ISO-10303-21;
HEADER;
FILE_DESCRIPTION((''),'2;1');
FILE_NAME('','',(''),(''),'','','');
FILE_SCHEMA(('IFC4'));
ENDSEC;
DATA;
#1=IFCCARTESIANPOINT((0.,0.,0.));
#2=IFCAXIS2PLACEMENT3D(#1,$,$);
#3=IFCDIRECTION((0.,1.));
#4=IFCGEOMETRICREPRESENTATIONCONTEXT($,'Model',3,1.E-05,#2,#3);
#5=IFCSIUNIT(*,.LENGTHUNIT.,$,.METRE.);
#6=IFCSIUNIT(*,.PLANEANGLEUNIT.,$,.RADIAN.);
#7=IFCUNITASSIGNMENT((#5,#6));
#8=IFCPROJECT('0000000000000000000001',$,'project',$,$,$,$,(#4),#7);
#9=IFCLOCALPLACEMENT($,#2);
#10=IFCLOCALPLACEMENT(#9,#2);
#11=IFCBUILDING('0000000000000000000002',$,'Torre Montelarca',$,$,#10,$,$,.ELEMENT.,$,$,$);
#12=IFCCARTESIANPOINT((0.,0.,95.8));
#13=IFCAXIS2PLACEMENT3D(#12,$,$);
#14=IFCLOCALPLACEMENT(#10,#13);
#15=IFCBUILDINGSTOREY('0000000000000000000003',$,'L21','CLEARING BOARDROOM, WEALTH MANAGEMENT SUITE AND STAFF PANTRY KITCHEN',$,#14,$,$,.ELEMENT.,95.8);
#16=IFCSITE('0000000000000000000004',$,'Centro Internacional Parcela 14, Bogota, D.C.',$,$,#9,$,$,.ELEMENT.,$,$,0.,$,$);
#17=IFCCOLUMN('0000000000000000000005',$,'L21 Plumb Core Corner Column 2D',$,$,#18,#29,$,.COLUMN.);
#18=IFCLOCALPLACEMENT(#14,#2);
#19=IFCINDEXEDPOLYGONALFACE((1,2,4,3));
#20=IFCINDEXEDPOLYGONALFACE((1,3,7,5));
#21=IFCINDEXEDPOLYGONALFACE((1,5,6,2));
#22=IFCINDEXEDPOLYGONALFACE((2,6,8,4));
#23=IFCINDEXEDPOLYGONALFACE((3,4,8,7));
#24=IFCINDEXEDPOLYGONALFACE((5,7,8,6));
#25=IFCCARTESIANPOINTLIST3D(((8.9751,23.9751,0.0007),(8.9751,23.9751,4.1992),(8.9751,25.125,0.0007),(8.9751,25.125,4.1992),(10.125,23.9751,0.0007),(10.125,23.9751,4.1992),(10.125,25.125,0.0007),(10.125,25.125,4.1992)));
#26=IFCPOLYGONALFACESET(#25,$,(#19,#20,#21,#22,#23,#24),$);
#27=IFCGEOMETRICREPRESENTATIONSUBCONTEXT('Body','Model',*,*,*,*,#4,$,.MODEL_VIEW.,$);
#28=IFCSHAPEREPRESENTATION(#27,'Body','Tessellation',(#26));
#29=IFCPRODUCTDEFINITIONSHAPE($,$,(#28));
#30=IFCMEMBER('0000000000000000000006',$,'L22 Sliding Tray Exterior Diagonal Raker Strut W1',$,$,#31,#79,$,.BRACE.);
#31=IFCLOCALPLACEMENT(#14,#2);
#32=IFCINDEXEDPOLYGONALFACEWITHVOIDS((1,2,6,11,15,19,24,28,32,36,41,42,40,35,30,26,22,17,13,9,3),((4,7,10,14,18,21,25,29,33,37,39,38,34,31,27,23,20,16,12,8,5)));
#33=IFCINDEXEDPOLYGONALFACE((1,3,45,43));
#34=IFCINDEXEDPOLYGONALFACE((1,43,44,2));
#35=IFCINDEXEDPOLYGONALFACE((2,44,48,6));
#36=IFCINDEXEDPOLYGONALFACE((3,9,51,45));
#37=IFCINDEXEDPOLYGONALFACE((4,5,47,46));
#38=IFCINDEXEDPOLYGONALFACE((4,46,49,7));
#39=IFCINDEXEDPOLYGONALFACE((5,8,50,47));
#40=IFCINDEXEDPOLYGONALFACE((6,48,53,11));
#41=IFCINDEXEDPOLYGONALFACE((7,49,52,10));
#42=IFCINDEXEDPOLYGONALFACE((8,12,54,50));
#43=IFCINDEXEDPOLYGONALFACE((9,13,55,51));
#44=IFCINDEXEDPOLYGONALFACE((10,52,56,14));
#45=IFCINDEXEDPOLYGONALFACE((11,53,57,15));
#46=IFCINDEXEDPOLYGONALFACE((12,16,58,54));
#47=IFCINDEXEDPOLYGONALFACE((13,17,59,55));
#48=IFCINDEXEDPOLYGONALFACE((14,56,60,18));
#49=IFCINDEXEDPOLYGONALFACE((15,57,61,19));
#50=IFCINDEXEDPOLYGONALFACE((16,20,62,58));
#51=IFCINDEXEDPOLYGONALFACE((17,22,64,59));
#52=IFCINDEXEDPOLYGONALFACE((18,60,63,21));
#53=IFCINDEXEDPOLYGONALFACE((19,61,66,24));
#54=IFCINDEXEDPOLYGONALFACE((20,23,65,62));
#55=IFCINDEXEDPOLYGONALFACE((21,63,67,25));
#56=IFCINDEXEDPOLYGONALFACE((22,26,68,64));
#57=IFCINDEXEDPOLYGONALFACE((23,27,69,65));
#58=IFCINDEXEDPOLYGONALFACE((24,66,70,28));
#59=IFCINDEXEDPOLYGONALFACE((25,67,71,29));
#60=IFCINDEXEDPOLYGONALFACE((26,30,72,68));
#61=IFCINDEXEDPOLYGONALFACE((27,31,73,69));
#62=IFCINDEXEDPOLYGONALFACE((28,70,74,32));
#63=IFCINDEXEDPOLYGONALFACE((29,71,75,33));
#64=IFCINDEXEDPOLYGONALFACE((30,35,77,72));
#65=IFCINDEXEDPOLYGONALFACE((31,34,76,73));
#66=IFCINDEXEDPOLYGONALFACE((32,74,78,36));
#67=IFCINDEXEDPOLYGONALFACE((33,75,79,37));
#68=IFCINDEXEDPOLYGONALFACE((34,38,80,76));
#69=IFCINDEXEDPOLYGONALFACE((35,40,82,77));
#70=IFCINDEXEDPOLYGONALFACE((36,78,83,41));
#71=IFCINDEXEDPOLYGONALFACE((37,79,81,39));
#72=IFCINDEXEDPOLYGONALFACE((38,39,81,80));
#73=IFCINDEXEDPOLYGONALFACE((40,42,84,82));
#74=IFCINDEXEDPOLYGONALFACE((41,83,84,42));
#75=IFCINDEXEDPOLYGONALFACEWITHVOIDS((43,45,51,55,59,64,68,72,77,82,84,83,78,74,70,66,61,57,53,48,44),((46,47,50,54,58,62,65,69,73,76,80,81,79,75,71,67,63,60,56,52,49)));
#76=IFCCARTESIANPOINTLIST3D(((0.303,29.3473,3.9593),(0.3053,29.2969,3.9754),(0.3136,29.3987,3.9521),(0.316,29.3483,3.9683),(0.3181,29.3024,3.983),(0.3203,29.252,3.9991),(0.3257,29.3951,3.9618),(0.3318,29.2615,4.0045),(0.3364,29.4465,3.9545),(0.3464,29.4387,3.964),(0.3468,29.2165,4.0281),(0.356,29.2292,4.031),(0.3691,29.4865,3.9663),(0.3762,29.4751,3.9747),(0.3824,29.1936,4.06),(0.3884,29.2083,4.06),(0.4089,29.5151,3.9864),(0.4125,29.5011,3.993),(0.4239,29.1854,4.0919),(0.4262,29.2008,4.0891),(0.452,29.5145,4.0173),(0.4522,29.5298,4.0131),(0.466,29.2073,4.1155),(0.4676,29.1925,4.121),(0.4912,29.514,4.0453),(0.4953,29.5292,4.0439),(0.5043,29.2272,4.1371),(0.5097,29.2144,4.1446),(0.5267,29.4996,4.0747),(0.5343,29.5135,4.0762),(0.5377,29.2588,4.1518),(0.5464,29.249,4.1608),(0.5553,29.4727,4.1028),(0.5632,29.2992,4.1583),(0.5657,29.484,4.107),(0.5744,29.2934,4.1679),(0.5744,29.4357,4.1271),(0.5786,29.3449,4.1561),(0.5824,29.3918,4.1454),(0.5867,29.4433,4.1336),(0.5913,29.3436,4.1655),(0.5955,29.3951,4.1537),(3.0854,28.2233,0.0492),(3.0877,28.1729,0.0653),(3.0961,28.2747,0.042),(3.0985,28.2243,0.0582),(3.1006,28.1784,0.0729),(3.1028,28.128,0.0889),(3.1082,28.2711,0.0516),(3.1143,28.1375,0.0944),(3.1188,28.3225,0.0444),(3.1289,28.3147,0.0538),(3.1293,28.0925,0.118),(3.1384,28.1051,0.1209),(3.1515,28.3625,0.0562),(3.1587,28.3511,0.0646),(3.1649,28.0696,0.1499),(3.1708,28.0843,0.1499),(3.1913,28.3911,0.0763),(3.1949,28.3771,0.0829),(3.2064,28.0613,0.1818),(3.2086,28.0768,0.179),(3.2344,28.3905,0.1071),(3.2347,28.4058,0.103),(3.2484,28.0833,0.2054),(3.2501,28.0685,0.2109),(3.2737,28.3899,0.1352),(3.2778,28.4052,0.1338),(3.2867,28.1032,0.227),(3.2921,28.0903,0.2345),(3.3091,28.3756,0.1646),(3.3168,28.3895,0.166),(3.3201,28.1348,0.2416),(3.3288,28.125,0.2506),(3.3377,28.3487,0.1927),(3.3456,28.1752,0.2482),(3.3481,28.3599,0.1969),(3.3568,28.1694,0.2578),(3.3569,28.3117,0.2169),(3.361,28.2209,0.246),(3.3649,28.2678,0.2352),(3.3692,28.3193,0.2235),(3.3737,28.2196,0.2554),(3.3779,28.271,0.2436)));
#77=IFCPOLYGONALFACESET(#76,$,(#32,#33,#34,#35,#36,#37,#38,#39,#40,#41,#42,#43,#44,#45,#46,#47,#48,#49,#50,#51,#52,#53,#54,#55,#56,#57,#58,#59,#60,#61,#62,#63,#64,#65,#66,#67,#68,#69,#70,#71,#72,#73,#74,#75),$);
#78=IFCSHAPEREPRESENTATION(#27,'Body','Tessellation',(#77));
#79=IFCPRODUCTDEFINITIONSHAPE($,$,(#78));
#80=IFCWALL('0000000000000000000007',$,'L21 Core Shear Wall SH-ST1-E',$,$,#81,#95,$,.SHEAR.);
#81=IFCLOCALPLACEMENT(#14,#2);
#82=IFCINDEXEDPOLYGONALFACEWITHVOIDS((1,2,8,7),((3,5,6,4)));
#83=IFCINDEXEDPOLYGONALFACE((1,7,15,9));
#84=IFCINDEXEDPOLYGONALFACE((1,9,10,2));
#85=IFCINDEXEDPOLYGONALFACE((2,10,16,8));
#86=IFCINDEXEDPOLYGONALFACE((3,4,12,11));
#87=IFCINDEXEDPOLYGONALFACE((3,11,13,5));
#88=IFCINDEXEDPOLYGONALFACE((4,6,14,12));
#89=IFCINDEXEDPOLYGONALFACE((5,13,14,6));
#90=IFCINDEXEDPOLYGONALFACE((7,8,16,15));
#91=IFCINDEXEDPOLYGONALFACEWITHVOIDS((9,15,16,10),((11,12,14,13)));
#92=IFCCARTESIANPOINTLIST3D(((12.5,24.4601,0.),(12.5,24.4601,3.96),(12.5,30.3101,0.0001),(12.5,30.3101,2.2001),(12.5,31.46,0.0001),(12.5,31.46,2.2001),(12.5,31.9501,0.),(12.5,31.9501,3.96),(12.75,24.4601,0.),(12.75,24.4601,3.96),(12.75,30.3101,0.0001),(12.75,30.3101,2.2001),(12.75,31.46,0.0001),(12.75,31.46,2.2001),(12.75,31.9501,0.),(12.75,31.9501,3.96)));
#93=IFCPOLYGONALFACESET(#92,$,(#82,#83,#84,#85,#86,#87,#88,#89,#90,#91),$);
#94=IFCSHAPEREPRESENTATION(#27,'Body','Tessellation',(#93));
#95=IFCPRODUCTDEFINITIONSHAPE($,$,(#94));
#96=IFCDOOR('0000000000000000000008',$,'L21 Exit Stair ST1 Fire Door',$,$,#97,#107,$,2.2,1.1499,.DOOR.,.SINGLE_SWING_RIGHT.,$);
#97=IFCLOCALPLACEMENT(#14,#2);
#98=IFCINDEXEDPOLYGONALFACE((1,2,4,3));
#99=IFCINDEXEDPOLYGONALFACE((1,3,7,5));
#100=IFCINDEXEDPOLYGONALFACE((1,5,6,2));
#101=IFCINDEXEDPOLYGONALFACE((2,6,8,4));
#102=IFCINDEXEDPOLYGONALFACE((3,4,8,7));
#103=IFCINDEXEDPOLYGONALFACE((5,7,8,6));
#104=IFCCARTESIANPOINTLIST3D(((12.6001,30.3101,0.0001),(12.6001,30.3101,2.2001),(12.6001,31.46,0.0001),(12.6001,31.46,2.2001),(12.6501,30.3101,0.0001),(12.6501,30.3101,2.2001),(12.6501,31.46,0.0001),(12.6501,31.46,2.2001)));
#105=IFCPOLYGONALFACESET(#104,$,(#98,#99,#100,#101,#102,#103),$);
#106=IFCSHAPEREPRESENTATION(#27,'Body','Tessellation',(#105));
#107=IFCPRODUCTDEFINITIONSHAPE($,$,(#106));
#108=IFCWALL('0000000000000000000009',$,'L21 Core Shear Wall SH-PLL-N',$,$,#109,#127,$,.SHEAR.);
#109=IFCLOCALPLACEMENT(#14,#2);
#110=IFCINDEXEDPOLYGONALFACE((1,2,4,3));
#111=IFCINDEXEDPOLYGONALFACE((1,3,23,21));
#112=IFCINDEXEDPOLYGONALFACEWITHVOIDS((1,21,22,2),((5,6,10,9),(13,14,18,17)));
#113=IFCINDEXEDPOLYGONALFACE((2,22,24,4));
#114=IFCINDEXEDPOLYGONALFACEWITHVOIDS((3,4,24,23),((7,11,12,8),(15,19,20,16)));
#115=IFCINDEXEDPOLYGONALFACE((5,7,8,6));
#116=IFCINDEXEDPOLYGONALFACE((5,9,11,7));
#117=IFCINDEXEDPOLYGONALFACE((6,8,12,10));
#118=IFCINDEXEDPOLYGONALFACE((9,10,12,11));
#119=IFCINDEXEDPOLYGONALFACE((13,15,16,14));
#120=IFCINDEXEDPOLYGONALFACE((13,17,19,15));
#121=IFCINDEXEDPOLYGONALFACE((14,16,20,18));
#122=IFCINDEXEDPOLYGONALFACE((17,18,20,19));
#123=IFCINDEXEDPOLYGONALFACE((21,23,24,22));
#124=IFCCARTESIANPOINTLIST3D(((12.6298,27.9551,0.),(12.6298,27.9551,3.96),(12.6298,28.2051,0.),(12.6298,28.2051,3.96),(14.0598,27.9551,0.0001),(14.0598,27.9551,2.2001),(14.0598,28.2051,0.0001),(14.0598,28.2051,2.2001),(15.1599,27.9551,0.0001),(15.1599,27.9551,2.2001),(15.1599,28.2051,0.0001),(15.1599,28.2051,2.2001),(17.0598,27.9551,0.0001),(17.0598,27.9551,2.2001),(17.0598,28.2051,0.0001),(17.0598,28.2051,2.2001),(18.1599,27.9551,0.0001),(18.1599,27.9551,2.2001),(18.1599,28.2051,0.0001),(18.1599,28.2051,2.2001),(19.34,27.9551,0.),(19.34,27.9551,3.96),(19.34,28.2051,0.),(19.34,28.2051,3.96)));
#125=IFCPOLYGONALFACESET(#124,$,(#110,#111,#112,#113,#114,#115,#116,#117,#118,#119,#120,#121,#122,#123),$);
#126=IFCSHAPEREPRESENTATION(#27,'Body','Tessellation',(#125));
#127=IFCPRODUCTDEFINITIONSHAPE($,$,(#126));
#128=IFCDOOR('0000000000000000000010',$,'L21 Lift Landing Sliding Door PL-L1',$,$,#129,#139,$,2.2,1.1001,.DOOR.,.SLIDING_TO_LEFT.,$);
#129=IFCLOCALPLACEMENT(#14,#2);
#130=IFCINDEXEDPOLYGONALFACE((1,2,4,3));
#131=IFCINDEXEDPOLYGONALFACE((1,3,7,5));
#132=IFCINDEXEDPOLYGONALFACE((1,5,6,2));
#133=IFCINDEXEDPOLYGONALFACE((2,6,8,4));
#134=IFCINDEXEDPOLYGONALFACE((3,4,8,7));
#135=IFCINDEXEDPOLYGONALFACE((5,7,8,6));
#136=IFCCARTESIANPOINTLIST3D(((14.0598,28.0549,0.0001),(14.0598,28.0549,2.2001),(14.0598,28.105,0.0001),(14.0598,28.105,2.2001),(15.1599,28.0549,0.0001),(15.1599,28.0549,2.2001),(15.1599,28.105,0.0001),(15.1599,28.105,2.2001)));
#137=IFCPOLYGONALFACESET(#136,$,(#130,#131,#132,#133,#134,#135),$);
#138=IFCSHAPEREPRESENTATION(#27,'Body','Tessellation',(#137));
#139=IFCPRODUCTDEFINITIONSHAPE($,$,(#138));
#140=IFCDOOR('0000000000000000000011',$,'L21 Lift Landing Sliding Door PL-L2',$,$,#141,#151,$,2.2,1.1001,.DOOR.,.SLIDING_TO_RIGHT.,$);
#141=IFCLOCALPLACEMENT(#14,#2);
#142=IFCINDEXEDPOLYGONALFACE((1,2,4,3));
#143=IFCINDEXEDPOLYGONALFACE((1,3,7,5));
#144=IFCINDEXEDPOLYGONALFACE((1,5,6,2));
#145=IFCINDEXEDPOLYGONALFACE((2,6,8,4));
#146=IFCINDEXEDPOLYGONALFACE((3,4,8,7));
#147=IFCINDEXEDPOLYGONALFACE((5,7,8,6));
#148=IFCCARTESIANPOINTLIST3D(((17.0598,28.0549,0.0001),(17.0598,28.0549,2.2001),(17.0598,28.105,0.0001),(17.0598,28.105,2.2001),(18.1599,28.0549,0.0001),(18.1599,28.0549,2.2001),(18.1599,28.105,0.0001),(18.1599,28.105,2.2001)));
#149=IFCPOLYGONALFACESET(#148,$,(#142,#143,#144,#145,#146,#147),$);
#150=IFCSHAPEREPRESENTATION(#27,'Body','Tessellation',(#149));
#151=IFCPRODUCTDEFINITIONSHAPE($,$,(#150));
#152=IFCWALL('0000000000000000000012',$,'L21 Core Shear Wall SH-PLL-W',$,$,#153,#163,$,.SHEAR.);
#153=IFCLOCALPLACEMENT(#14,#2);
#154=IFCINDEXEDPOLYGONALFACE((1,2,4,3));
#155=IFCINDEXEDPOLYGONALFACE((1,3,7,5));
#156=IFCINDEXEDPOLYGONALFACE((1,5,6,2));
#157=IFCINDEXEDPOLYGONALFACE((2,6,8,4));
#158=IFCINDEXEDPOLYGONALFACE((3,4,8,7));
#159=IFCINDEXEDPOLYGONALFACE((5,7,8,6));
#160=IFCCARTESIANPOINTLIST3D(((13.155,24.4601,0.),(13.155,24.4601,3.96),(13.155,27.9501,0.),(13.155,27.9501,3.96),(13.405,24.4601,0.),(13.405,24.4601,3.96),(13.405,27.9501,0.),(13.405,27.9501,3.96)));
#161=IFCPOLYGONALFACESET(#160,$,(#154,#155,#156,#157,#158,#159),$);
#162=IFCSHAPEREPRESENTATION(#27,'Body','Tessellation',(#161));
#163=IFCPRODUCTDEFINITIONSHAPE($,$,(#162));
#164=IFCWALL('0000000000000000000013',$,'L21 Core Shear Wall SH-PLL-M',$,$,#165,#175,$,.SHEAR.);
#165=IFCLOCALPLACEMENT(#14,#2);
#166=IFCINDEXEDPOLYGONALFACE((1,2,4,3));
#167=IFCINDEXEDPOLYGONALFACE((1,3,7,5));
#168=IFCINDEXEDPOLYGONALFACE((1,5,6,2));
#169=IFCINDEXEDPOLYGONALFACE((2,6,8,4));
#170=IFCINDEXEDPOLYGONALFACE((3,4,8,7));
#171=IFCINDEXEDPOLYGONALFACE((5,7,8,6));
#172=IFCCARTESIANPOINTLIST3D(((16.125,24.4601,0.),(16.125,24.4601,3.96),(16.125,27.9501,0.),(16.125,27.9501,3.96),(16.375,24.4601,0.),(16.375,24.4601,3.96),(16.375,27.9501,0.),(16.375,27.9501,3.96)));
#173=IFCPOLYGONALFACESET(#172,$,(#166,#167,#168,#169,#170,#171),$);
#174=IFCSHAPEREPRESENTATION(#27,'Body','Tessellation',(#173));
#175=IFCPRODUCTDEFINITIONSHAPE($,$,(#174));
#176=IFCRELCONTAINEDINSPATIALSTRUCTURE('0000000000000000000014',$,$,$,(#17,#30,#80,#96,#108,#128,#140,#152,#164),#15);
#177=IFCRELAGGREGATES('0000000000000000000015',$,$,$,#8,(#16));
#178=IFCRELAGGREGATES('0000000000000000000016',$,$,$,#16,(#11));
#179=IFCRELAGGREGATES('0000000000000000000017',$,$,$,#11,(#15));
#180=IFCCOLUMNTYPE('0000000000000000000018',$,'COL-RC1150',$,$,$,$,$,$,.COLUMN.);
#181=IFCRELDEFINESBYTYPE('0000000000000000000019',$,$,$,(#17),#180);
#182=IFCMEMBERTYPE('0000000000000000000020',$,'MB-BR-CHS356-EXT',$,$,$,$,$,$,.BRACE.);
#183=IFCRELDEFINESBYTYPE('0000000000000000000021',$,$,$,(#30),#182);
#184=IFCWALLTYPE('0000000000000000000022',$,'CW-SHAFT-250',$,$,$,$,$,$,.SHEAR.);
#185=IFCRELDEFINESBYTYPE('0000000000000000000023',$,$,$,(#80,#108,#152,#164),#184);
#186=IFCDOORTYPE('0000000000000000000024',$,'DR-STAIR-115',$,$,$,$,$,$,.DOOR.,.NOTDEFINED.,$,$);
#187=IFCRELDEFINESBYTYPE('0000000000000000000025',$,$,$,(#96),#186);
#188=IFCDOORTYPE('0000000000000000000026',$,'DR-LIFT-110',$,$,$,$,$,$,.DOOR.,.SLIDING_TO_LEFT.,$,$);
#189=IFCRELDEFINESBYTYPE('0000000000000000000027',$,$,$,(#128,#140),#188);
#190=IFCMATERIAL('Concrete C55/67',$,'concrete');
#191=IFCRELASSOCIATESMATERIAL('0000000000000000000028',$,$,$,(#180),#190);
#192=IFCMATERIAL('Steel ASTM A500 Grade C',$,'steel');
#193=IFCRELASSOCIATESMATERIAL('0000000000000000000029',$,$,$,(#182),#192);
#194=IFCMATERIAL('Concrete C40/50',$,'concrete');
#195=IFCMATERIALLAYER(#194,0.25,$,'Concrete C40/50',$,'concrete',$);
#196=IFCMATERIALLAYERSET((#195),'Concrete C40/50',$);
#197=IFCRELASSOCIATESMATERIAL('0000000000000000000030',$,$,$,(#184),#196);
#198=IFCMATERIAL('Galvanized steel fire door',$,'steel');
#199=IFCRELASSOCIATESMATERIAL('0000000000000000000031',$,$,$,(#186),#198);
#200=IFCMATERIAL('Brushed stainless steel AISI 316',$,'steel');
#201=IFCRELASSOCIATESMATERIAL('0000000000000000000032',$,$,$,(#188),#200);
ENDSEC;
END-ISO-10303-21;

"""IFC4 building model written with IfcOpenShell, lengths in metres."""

from ifc_helpers import new_model, si_unit, direction, frame, frame_2d, origin, origin_2d, place, context, subcontext, project, spatial, rectangle, hollow_circle, extrude, source, transform, mapped, material, layer, layer_set, material_profile, profile_set, type_object, element, fill, save


model = new_model("IFC4")

# Units and contexts
model_context = context("Model", 3, precision=1e-05, world=origin(), true_north=direction((0.0, 1.0)))
body_context = subcontext(model_context, "Body", "Model", "MODEL_VIEW")
ifc_project = project(units=[si_unit("LENGTHUNIT", "METRE"), si_unit("PLANEANGLEUNIT", "RADIAN")], contexts=[model_context])

# Site, building, storey
site_placement = place(None, origin())
site = spatial("IfcSite", under=ifc_project, at=site_placement, Name="Centro Internacional Parcela 14, Bogota, D.C.", CompositionType="ELEMENT", RefElevation=0.0)
building_placement = place(site_placement, origin())
building = spatial("IfcBuilding", under=site, at=building_placement, Name="Torre Montelarca", CompositionType="ELEMENT")
storey_placement = place(building_placement, frame((0.0, 0.0, 95.8)))
storey = spatial("IfcBuildingStorey", under=building, at=storey_placement, Name="L21", Description="CLEARING BOARDROOM, WEALTH MANAGEMENT SUITE AND STAFF PANTRY KITCHEN", CompositionType="ELEMENT", Elevation=95.8)

# Column
ifc_material_1 = material(Name="Concrete C55/67", Category="concrete")
ifc_material_profile_1 = material_profile(ifc_material_1, rectangle(XDim=1.1499, YDim=1.1499, at=origin_2d()), Name="RC1150X1150", Category="concrete")
ifc_profile_set_1 = profile_set([ifc_material_profile_1], Name="Concrete C55/67")
column_type_1 = type_object("IfcColumnType", Name="COL-RC1150", PredefinedType="COLUMN", material=ifc_profile_set_1)
shared_shape_1 = source(origin(), body_context, "Body", "SweptSolid", [
    extrude(rectangle(XDim=1.1499, YDim=1.1499, at=origin_2d()), origin(), (0.0, 0.0, 1.0), 4.1985),
])
column_1_placement = place(storey_placement, frame((9.55, 24.55, 0.0007), z_axis=(0.0, 0.0, 1.0), x_axis=(1.0, 0.0, 0.0)))
element("IfcColumn", 1, at=column_1_placement, inside=storey, type_object=column_type_1, Name="L21 Plumb Core Corner Column 2D", PredefinedType="COLUMN", context=body_context, shape_type="MappedRepresentation", body=[
    mapped(shared_shape_1, transform((0.0, 0.0, 0.0), scale=1.0)),
])

# Member
ifc_material_2 = material(Name="Steel ASTM A500 Grade C", Category="steel")
ifc_material_profile_2 = material_profile(ifc_material_2, hollow_circle(Radius=0.1777, WallThickness=0.0159, at=origin_2d()), Name="HSS355.6X15.9", Category="steel")
ifc_profile_set_2 = profile_set([ifc_material_profile_2], Name="Steel ASTM A500 Grade C")
member_type = type_object("IfcMemberType", Name="MB-BR-CHS356-EXT", PredefinedType="BRACE", material=ifc_profile_set_2)
shared_shape_2 = source(origin(), body_context, "Body", "SweptSolid", [
    extrude(hollow_circle(Radius=0.1777, WallThickness=0.0159, at=origin_2d()), origin(), (0.0, 0.0, 1.0), 4.929),
])
member_placement = place(storey_placement, frame((3.2314, 28.2344, 0.1499), z_axis=(-0.564512, 0.228044, 0.793298), x_axis=(-0.374559, -0.927203, 0.0)))
element("IfcMember", 2, at=member_placement, inside=storey, type_object=member_type, Name="L22 Sliding Tray Exterior Diagonal Raker Strut W1", PredefinedType="BRACE", context=body_context, shape_type="MappedRepresentation", body=[
    mapped(shared_shape_2, transform((0.0, 0.0, 0.0), scale=1.0)),
])

# Wall, opening, door
ifc_material_3 = material(Name="Concrete C40/50", Category="concrete")
ifc_layer_1 = layer(ifc_material_3, 0.25, Name="Concrete C40/50", Category="concrete")
ifc_layer_set_1 = layer_set([ifc_layer_1], Name="Concrete C40/50")
wall_type_1 = type_object("IfcWallType", Name="CW-SHAFT-250", PredefinedType="SHEAR", material=ifc_layer_set_1)
wall_1_placement = place(storey_placement, frame((12.625, 24.46, 0.0), z_axis=(0.0, 0.0, 1.0), x_axis=(0.0, 1.0, 0.0)))
wall_1 = element("IfcWall", 3, at=wall_1_placement, inside=storey, type_object=wall_type_1, Name="L21 Core Shear Wall SH-ST1-E", PredefinedType="SHEAR", context=body_context, shape_type="SweptSolid", body=[
    extrude(rectangle(XDim=7.49, YDim=0.25, at=frame_2d((3.7451, 0.0))), origin(), (0.0, 0.0, 1.0), 3.96),
])
opening_1_placement = place(wall_1_placement, frame((5.8501, 0.0, 0.0)))
opening_1 = element("IfcOpeningElement", 4, at=opening_1_placement, cuts=wall_1, PredefinedType="OPENING", context=body_context, shape_type="SweptSolid", body=[
    extrude(rectangle(XDim=1.1499, YDim=2.2, at=frame_2d((0.575, 1.1001))), frame((0.0, 0.135, 0.0), z_axis=(0.0, -1.0, 0.0), x_axis=(1.0, 0.0, 0.0)), (0.0, 0.0, 1.0), 0.27),
])
ifc_material_4 = material(Name="Galvanized steel fire door", Category="steel")
door_type_1 = type_object("IfcDoorType", Name="DR-STAIR-115", OperationType="NOTDEFINED", PredefinedType="DOOR", material=ifc_material_4)
shared_shape_3 = source(origin(), body_context, "Body", "SweptSolid", [
    extrude(rectangle(XDim=1.1499, YDim=2.2, at=frame_2d((0.575, 1.1001))), frame((0.0, 0.0249, 0.0), z_axis=(0.0, -1.0, 0.0), x_axis=(1.0, 0.0, 0.0)), (0.0, 0.0, 1.0), 0.05),
])
door_1_placement = place(opening_1_placement, origin())
door_1 = element("IfcDoor", 5, at=door_1_placement, inside=storey, type_object=door_type_1, Name="L21 Exit Stair ST1 Fire Door", OperationType="SINGLE_SWING_RIGHT", OverallHeight=2.2, OverallWidth=1.1499, PredefinedType="DOOR", context=body_context, shape_type="MappedRepresentation", body=[
    mapped(shared_shape_3, transform((0.0, 0.0, 0.0), scale=1.0)),
])
fill(opening_1, door_1)

# Wall, openings, doors
wall_2_placement = place(storey_placement, frame((12.6299, 28.0801, 0.0), z_axis=(0.0, 0.0, 1.0), x_axis=(1.0, 0.0, 0.0)))
wall_2 = element("IfcWall", 6, at=wall_2_placement, inside=storey, type_object=wall_type_1, Name="L21 Core Shear Wall SH-PLL-N", PredefinedType="SHEAR", context=body_context, shape_type="SweptSolid", body=[
    extrude(rectangle(XDim=6.7102, YDim=0.25, at=frame_2d((3.355, 0.0))), origin(), (0.0, 0.0, 1.0), 3.96),
])
opening_2_placement = place(wall_2_placement, frame((1.4299, 0.0, 0.0)))
opening_2 = element("IfcOpeningElement", 7, at=opening_2_placement, cuts=wall_2, PredefinedType="OPENING", context=body_context, shape_type="SweptSolid", body=[
    extrude(rectangle(XDim=1.1001, YDim=2.2, at=frame_2d((0.55, 1.1001))), frame((0.0, 0.135, 0.0), z_axis=(0.0, -1.0, 0.0), x_axis=(1.0, 0.0, 0.0)), (0.0, 0.0, 1.0), 0.27),
])
opening_3_placement = place(wall_2_placement, frame((4.4299, 0.0, 0.0)))
opening_3 = element("IfcOpeningElement", 8, at=opening_3_placement, cuts=wall_2, PredefinedType="OPENING", context=body_context, shape_type="SweptSolid", body=[
    extrude(rectangle(XDim=1.1001, YDim=2.2, at=frame_2d((0.55, 1.1001))), frame((0.0, 0.135, 0.0), z_axis=(0.0, -1.0, 0.0), x_axis=(1.0, 0.0, 0.0)), (0.0, 0.0, 1.0), 0.27),
])
ifc_material_5 = material(Name="Brushed stainless steel AISI 316", Category="steel")
door_type_2 = type_object("IfcDoorType", Name="DR-LIFT-110", OperationType="SLIDING_TO_LEFT", PredefinedType="DOOR", material=ifc_material_5)
shared_shape_4 = source(origin(), body_context, "Body", "SweptSolid", [
    extrude(rectangle(XDim=1.1001, YDim=2.2, at=frame_2d((0.55, 1.1001))), frame((0.0, 0.0249, 0.0), z_axis=(0.0, -1.0, 0.0), x_axis=(1.0, 0.0, 0.0)), (0.0, 0.0, 1.0), 0.05),
])
door_2_placement = place(opening_2_placement, origin())
door_2 = element("IfcDoor", 9, at=door_2_placement, inside=storey, type_object=door_type_2, Name="L21 Lift Landing Sliding Door PL-L1", OperationType="SLIDING_TO_LEFT", OverallHeight=2.2, OverallWidth=1.1001, PredefinedType="DOOR", context=body_context, shape_type="MappedRepresentation", body=[
    mapped(shared_shape_4, transform((0.0, 0.0, 0.0), scale=1.0)),
])
fill(opening_2, door_2)
door_3_placement = place(opening_3_placement, origin())
door_3 = element("IfcDoor", 10, at=door_3_placement, inside=storey, type_object=door_type_2, Name="L21 Lift Landing Sliding Door PL-L2", OperationType="SLIDING_TO_RIGHT", OverallHeight=2.2, OverallWidth=1.1001, PredefinedType="DOOR", context=body_context, shape_type="MappedRepresentation", body=[
    mapped(shared_shape_4, transform((0.0, 0.0, 0.0), scale=1.0)),
])
fill(opening_3, door_3)

# Walls
for number, where, z_axis, x_axis, name in (
    (11, (13.28, 24.46, 0.0), (0.0, 0.0, 1.0), (0.0, 1.0, 0.0), "L21 Core Shear Wall SH-PLL-W"),
    (12, (16.25, 24.46, 0.0), (0.0, 0.0, 1.0), (0.0, 1.0, 0.0), "L21 Core Shear Wall SH-PLL-M"),
):
    element("IfcWall", number, at=place(storey_placement, frame(where, z_axis=z_axis, x_axis=x_axis)), inside=storey, type_object=wall_type_1, Name=name, PredefinedType="SHEAR", context=body_context, shape_type="SweptSolid", body=[
        extrude(rectangle(XDim=3.49, YDim=0.25, at=frame_2d((1.7451, 0.0))), origin(), (0.0, 0.0, 1.0), 3.96),
    ])

save(model, "model.ifc")
